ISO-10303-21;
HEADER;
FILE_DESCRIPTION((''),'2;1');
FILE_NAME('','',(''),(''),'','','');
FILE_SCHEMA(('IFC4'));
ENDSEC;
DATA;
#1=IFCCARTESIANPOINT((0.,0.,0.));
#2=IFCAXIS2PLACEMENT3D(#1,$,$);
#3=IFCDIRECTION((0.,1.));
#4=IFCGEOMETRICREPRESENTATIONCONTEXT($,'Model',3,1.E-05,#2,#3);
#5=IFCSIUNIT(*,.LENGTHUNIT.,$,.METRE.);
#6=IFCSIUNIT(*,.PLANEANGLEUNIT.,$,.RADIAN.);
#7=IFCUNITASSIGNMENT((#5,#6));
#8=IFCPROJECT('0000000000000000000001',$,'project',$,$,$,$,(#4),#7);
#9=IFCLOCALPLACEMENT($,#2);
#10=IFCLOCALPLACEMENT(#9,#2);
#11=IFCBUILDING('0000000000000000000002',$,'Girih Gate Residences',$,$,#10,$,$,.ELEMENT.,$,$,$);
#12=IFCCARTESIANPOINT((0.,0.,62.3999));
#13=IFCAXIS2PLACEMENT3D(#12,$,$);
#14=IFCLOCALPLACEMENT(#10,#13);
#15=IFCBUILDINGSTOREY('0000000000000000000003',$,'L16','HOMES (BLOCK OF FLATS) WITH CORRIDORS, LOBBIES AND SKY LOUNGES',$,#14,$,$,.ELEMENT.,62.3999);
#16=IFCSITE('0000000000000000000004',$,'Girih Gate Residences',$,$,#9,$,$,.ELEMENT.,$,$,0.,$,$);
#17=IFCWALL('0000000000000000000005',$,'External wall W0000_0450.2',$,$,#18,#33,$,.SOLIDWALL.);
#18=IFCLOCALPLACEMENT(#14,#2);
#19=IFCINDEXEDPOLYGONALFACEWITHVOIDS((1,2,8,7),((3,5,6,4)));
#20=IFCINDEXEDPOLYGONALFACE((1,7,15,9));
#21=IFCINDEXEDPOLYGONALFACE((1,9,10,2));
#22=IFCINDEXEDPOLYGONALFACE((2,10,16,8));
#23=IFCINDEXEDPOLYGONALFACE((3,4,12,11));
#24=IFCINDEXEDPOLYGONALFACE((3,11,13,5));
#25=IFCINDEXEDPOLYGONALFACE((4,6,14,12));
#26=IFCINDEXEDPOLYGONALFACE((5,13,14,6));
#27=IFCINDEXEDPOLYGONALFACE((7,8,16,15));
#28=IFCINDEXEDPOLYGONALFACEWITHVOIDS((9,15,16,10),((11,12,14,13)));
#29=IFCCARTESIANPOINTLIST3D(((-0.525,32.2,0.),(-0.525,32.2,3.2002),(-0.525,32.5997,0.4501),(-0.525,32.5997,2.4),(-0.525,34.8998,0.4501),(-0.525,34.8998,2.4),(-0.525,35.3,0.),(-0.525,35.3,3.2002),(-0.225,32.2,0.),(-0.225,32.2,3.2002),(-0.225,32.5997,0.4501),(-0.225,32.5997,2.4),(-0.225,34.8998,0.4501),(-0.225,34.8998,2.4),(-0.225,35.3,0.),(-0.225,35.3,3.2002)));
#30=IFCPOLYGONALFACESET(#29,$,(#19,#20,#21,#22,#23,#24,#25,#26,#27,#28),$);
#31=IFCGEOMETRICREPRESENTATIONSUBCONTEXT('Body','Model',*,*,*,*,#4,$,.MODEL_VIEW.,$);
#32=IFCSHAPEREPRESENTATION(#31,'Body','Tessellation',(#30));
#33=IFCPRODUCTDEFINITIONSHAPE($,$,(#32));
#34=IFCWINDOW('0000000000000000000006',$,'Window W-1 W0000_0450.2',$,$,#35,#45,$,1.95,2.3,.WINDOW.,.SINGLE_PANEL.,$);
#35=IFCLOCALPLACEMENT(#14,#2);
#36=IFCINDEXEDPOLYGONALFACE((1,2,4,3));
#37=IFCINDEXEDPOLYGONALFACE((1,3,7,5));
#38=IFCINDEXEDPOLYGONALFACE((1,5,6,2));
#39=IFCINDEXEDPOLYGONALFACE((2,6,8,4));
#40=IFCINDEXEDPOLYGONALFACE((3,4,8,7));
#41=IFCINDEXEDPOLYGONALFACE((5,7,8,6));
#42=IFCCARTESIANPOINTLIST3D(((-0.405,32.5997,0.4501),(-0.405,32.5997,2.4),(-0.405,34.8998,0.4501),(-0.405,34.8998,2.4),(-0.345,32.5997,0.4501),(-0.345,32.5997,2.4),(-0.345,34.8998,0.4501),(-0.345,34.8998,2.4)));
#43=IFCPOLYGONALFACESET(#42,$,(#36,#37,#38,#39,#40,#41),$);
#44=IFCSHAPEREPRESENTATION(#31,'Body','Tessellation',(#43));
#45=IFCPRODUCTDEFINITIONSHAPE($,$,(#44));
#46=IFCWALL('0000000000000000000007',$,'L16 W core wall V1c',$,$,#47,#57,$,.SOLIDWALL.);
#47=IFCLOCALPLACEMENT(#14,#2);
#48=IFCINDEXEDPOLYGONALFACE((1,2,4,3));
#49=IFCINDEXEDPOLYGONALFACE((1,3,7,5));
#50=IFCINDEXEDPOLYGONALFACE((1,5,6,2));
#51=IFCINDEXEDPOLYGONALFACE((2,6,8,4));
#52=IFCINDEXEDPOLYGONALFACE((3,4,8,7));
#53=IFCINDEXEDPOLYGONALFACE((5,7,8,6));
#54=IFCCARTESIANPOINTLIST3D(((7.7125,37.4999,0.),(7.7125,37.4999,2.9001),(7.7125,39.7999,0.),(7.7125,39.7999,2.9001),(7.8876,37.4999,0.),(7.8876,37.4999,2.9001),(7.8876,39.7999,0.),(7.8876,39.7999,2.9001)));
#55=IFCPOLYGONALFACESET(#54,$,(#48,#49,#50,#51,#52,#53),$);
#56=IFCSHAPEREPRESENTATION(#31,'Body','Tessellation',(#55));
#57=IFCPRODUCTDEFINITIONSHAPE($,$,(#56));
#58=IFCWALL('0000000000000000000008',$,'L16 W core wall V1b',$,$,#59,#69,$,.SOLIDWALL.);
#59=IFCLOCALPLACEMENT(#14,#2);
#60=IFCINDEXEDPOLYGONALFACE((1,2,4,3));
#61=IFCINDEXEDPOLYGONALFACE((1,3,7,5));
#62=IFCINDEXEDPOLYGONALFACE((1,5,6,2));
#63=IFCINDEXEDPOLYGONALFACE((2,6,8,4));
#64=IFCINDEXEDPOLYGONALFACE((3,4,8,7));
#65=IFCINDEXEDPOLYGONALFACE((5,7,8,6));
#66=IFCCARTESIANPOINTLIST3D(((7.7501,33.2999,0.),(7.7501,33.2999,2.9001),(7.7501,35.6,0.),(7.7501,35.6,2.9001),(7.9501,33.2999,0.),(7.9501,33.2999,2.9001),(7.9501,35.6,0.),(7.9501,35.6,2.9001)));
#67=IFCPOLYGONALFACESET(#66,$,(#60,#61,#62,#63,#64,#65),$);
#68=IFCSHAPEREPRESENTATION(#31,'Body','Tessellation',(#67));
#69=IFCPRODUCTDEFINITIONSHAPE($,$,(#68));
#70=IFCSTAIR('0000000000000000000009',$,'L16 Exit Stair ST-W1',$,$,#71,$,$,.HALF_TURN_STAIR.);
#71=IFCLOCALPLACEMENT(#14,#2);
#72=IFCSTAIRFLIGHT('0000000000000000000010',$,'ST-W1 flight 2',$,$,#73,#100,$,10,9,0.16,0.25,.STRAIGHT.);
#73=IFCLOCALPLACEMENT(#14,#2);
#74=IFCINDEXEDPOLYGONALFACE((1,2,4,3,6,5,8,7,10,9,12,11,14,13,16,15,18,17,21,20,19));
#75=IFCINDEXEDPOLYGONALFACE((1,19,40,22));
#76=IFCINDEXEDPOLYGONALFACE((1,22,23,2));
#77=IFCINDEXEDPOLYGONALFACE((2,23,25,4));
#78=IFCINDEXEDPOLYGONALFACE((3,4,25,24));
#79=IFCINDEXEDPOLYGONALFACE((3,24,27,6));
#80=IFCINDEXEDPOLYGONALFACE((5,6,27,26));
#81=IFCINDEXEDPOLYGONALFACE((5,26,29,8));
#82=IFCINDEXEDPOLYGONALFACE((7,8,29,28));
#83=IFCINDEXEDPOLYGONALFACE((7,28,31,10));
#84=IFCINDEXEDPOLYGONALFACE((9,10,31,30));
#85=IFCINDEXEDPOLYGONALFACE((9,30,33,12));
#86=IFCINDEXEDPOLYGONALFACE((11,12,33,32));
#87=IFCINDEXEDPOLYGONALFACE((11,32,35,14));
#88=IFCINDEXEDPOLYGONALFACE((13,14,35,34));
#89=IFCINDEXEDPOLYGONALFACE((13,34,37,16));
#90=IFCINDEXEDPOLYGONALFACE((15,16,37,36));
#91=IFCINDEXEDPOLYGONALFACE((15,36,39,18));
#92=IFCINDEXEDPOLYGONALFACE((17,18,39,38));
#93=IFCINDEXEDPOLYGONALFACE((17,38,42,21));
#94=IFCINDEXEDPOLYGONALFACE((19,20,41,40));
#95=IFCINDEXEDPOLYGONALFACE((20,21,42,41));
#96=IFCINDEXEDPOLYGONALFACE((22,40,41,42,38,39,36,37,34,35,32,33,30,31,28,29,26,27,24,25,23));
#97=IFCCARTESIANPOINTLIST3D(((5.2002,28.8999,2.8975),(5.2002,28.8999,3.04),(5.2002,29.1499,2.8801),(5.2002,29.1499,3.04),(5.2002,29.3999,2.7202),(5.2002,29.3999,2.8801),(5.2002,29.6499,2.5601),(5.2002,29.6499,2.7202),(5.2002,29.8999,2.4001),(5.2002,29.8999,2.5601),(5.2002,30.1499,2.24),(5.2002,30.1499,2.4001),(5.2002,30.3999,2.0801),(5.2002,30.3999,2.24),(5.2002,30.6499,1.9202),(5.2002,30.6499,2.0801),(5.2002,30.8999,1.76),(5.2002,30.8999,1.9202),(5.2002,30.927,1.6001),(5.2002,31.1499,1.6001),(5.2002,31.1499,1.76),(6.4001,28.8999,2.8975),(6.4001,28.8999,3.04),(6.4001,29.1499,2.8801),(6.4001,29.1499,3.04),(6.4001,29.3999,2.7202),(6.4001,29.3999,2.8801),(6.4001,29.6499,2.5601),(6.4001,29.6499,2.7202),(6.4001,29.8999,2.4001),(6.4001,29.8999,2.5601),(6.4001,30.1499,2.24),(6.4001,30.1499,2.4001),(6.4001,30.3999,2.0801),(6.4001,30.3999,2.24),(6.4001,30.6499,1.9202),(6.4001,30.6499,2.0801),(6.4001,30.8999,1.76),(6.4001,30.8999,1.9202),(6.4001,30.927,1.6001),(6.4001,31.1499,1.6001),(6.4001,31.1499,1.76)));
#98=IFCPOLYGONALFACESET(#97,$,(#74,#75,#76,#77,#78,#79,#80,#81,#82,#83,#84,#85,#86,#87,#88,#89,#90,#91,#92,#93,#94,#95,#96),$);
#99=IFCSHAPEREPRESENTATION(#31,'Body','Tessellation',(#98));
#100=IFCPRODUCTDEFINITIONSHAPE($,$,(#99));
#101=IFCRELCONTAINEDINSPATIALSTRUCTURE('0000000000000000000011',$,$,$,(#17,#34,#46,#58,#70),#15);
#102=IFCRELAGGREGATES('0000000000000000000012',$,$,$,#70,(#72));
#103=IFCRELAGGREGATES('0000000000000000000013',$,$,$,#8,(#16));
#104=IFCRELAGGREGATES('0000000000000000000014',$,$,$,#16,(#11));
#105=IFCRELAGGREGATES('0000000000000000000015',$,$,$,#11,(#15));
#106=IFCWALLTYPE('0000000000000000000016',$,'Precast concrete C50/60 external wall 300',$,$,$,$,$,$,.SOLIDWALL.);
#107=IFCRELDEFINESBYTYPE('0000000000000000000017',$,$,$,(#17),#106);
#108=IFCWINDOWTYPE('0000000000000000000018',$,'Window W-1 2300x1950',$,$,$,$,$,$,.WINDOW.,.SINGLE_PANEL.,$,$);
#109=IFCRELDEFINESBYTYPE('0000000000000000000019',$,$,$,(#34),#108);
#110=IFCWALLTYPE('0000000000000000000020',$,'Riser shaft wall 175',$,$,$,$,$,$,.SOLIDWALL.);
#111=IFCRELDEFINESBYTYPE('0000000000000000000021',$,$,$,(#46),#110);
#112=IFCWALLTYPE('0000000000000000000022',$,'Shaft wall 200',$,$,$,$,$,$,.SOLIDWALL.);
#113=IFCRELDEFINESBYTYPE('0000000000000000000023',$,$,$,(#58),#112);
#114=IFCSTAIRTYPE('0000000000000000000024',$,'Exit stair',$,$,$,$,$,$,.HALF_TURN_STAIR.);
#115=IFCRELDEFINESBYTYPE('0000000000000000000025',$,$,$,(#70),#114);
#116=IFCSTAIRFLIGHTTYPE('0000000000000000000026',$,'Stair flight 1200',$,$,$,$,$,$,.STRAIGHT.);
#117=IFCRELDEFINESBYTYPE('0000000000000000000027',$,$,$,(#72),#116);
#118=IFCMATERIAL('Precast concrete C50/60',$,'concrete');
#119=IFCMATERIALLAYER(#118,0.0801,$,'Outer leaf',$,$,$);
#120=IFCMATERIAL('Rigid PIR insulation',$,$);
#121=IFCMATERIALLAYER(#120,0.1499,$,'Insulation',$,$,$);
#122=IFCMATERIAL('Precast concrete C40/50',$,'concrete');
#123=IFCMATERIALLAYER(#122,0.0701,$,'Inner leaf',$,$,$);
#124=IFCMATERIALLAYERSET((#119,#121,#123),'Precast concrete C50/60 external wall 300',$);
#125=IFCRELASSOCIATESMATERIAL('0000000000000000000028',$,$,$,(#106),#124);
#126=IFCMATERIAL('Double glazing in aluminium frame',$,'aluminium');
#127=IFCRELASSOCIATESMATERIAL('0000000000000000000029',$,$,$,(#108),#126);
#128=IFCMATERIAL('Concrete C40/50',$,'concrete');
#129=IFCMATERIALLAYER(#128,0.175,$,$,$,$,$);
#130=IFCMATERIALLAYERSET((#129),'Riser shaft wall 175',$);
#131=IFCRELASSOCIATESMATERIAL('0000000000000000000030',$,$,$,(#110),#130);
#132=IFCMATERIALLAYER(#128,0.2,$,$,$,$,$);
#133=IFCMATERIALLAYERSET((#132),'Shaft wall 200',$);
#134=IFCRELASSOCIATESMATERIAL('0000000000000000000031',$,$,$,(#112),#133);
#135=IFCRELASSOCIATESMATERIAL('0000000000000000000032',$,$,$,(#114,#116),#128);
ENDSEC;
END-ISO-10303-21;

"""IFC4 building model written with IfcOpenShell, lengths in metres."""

from ifc_helpers import new_model, si_unit, direction, frame, frame_2d, origin, place, context, subcontext, project, spatial, polyline, rectangle, outline, extrude, material, layer, layer_set, type_object, element, fill, aggregate, save


model = new_model("IFC4")

# Units and contexts
model_context = context("Model", 3, precision=1e-05, world=origin(), true_north=direction((0.0, 1.0)))
body_context = subcontext(model_context, "Body", "Model", "MODEL_VIEW")
ifc_project = project(units=[si_unit("LENGTHUNIT", "METRE"), si_unit("PLANEANGLEUNIT", "RADIAN")], contexts=[model_context])

# Site, building, storey
site_placement = place(None, origin())
site = spatial("IfcSite", under=ifc_project, at=site_placement, Name="Girih Gate Residences", CompositionType="ELEMENT", RefElevation=0.0)
building_placement = place(site_placement, origin())
building = spatial("IfcBuilding", under=site, at=building_placement, Name="Girih Gate Residences", CompositionType="ELEMENT")
storey_placement = place(building_placement, frame((0.0, 0.0, 62.3999)))
storey = spatial("IfcBuildingStorey", under=building, at=storey_placement, Name="L16", Description="HOMES (BLOCK OF FLATS) WITH CORRIDORS, LOBBIES AND SKY LOUNGES", CompositionType="ELEMENT", Elevation=62.3999)

# Shared definitions
ifc_material_1 = material(Name="Concrete C40/50", Category="concrete")

# Wall, opening, window
ifc_material_2 = material(Name="Precast concrete C50/60", Category="concrete")
ifc_layer_1 = layer(ifc_material_2, 0.0801, Name="Outer leaf")
ifc_material_3 = material(Name="Rigid PIR insulation")
ifc_layer_2 = layer(ifc_material_3, 0.1499, Name="Insulation")
ifc_material_4 = material(Name="Precast concrete C40/50", Category="concrete")
ifc_layer_3 = layer(ifc_material_4, 0.0701, Name="Inner leaf")
ifc_layer_set_1 = layer_set([ifc_layer_1, ifc_layer_2, ifc_layer_3], Name="Precast concrete C50/60 external wall 300")
wall_type_1 = type_object("IfcWallType", Name="Precast concrete C50/60 external wall 300", PredefinedType="SOLIDWALL", material=ifc_layer_set_1)
ifc_material_5 = material(Name="Double glazing in aluminium frame", Category="aluminium")
window_type = type_object("IfcWindowType", Name="Window W-1 2300x1950", PartitioningType="SINGLE_PANEL", PredefinedType="WINDOW", material=ifc_material_5)
wall_1_placement = place(storey_placement, frame((-0.375, 32.2, 0.0), z_axis=(0.0, 0.0, 1.0), x_axis=(0.0, 1.0, 0.0)))
wall_1 = element("IfcWall", 1, at=wall_1_placement, inside=storey, type_object=wall_type_1, Name="External wall W0000_0450.2", PredefinedType="SOLIDWALL", context=body_context, shape_type="SweptSolid", body=[
    extrude(rectangle(XDim=3.1001, YDim=0.3, at=frame_2d((1.55, 0.0))), origin(), (0.0, 0.0, 1.0), 3.2002),
])
opening_1_placement = place(wall_1_placement, frame((0.3999, 0.0, 0.45)))
opening_1 = element("IfcOpeningElement", 2, at=opening_1_placement, cuts=wall_1, PredefinedType="OPENING", context=body_context, shape_type="SweptSolid", body=[
    extrude(rectangle(XDim=2.3, YDim=1.95, at=frame_2d((1.1499, 0.9751))), frame((0.0, 0.1599, 0.0), z_axis=(0.0, -1.0, 0.0), x_axis=(1.0, 0.0, 0.0)), (0.0, 0.0, 1.0), 0.3201),
])
window_1_placement = place(opening_1_placement, origin())
window_1 = element("IfcWindow", 3, at=window_1_placement, inside=storey, type_object=window_type, Name="Window W-1 W0000_0450.2", OverallHeight=1.95, OverallWidth=2.3, PartitioningType="SINGLE_PANEL", PredefinedType="WINDOW", context=body_context, shape_type="SweptSolid", body=[
    extrude(rectangle(XDim=2.3, YDim=1.95, at=frame_2d((1.1499, 0.9751))), frame((0.0, 0.03, 0.0), z_axis=(0.0, -1.0, 0.0), x_axis=(1.0, 0.0, 0.0)), (0.0, 0.0, 1.0), 0.0601),
])
fill(opening_1, window_1)

# Walls
ifc_layer_4 = layer(ifc_material_1, 0.175)
ifc_layer_set_2 = layer_set([ifc_layer_4], Name="Riser shaft wall 175")
wall_type_2 = type_object("IfcWallType", Name="Riser shaft wall 175", PredefinedType="SOLIDWALL", material=ifc_layer_set_2)
wall_2_placement = place(storey_placement, frame((7.8, 37.5, 0.0), z_axis=(0.0, 0.0, 1.0), x_axis=(0.0, 1.0, 0.0)))
element("IfcWall", 4, at=wall_2_placement, inside=storey, type_object=wall_type_2, Name="L16 W core wall V1c", PredefinedType="SOLIDWALL", context=body_context, shape_type="SweptSolid", body=[
    extrude(rectangle(XDim=2.3, YDim=0.175, at=frame_2d((1.1499, 0.0))), origin(), (0.0, 0.0, 1.0), 2.9001),
])
ifc_layer_5 = layer(ifc_material_1, 0.2)
ifc_layer_set_3 = layer_set([ifc_layer_5], Name="Shaft wall 200")
wall_type_3 = type_object("IfcWallType", Name="Shaft wall 200", PredefinedType="SOLIDWALL", material=ifc_layer_set_3)
wall_3_placement = place(storey_placement, frame((7.8501, 33.3, 0.0), z_axis=(0.0, 0.0, 1.0), x_axis=(0.0, 1.0, 0.0)))
element("IfcWall", 5, at=wall_3_placement, inside=storey, type_object=wall_type_3, Name="L16 W core wall V1b", PredefinedType="SOLIDWALL", context=body_context, shape_type="SweptSolid", body=[
    extrude(rectangle(XDim=2.3, YDim=0.2, at=frame_2d((1.1499, 0.0))), origin(), (0.0, 0.0, 1.0), 2.9001),
])

# Stair, stair flight
stair_type = type_object("IfcStairType", Name="Exit stair", PredefinedType="HALF_TURN_STAIR", material=ifc_material_1)
stair_placement = place(storey_placement, origin())
stair = element("IfcStair", 6, at=stair_placement, inside=storey, type_object=stair_type, Name="L16 Exit Stair ST-W1", PredefinedType="HALF_TURN_STAIR")
stair_flight_type = type_object("IfcStairFlightType", Name="Stair flight 1200", PredefinedType="STRAIGHT", material=ifc_material_1)
stair_flight_placement = place(storey_placement, frame((5.8, 31.1499, 1.6001), z_axis=(0.0, 0.0, 1.0), x_axis=(0.0, -1.0, 0.0)))
stair_flight = element("IfcStairFlight", 7, at=stair_flight_placement, type_object=stair_flight_type, Name="ST-W1 flight 2", NumberOfRisers=10, NumberOfTreads=9, PredefinedType="STRAIGHT", RiserHeight=0.16, TreadLength=0.25, context=body_context, shape_type="SweptSolid", body=[
    extrude(outline(polyline([(0.0, 0.0), (0.0, 0.1599), (0.25, 0.1599), (0.25, 0.3201), (0.5, 0.3201), (0.5, 0.48), (0.75, 0.48), (0.75, 0.6399), (1.0, 0.6399), (1.0, 0.8), (1.25, 0.8), (1.25, 0.96), (1.5, 0.96), (1.5, 1.1201), (1.75, 1.1201), (1.75, 1.28), (2.0, 1.28), (2.0, 1.4399), (2.25, 1.4399), (2.25, 1.6001), (2.25, 1.2974), (0.2229, 0.0), (0.0, 0.0)])), frame((0.0, 0.6001, 0.0), z_axis=(0.0, -1.0, 0.0), x_axis=(1.0, 0.0, 0.0)), (0.0, 0.0, 1.0), 1.2),
])
aggregate(stair, [stair_flight])

save(model, "model.ifc")
